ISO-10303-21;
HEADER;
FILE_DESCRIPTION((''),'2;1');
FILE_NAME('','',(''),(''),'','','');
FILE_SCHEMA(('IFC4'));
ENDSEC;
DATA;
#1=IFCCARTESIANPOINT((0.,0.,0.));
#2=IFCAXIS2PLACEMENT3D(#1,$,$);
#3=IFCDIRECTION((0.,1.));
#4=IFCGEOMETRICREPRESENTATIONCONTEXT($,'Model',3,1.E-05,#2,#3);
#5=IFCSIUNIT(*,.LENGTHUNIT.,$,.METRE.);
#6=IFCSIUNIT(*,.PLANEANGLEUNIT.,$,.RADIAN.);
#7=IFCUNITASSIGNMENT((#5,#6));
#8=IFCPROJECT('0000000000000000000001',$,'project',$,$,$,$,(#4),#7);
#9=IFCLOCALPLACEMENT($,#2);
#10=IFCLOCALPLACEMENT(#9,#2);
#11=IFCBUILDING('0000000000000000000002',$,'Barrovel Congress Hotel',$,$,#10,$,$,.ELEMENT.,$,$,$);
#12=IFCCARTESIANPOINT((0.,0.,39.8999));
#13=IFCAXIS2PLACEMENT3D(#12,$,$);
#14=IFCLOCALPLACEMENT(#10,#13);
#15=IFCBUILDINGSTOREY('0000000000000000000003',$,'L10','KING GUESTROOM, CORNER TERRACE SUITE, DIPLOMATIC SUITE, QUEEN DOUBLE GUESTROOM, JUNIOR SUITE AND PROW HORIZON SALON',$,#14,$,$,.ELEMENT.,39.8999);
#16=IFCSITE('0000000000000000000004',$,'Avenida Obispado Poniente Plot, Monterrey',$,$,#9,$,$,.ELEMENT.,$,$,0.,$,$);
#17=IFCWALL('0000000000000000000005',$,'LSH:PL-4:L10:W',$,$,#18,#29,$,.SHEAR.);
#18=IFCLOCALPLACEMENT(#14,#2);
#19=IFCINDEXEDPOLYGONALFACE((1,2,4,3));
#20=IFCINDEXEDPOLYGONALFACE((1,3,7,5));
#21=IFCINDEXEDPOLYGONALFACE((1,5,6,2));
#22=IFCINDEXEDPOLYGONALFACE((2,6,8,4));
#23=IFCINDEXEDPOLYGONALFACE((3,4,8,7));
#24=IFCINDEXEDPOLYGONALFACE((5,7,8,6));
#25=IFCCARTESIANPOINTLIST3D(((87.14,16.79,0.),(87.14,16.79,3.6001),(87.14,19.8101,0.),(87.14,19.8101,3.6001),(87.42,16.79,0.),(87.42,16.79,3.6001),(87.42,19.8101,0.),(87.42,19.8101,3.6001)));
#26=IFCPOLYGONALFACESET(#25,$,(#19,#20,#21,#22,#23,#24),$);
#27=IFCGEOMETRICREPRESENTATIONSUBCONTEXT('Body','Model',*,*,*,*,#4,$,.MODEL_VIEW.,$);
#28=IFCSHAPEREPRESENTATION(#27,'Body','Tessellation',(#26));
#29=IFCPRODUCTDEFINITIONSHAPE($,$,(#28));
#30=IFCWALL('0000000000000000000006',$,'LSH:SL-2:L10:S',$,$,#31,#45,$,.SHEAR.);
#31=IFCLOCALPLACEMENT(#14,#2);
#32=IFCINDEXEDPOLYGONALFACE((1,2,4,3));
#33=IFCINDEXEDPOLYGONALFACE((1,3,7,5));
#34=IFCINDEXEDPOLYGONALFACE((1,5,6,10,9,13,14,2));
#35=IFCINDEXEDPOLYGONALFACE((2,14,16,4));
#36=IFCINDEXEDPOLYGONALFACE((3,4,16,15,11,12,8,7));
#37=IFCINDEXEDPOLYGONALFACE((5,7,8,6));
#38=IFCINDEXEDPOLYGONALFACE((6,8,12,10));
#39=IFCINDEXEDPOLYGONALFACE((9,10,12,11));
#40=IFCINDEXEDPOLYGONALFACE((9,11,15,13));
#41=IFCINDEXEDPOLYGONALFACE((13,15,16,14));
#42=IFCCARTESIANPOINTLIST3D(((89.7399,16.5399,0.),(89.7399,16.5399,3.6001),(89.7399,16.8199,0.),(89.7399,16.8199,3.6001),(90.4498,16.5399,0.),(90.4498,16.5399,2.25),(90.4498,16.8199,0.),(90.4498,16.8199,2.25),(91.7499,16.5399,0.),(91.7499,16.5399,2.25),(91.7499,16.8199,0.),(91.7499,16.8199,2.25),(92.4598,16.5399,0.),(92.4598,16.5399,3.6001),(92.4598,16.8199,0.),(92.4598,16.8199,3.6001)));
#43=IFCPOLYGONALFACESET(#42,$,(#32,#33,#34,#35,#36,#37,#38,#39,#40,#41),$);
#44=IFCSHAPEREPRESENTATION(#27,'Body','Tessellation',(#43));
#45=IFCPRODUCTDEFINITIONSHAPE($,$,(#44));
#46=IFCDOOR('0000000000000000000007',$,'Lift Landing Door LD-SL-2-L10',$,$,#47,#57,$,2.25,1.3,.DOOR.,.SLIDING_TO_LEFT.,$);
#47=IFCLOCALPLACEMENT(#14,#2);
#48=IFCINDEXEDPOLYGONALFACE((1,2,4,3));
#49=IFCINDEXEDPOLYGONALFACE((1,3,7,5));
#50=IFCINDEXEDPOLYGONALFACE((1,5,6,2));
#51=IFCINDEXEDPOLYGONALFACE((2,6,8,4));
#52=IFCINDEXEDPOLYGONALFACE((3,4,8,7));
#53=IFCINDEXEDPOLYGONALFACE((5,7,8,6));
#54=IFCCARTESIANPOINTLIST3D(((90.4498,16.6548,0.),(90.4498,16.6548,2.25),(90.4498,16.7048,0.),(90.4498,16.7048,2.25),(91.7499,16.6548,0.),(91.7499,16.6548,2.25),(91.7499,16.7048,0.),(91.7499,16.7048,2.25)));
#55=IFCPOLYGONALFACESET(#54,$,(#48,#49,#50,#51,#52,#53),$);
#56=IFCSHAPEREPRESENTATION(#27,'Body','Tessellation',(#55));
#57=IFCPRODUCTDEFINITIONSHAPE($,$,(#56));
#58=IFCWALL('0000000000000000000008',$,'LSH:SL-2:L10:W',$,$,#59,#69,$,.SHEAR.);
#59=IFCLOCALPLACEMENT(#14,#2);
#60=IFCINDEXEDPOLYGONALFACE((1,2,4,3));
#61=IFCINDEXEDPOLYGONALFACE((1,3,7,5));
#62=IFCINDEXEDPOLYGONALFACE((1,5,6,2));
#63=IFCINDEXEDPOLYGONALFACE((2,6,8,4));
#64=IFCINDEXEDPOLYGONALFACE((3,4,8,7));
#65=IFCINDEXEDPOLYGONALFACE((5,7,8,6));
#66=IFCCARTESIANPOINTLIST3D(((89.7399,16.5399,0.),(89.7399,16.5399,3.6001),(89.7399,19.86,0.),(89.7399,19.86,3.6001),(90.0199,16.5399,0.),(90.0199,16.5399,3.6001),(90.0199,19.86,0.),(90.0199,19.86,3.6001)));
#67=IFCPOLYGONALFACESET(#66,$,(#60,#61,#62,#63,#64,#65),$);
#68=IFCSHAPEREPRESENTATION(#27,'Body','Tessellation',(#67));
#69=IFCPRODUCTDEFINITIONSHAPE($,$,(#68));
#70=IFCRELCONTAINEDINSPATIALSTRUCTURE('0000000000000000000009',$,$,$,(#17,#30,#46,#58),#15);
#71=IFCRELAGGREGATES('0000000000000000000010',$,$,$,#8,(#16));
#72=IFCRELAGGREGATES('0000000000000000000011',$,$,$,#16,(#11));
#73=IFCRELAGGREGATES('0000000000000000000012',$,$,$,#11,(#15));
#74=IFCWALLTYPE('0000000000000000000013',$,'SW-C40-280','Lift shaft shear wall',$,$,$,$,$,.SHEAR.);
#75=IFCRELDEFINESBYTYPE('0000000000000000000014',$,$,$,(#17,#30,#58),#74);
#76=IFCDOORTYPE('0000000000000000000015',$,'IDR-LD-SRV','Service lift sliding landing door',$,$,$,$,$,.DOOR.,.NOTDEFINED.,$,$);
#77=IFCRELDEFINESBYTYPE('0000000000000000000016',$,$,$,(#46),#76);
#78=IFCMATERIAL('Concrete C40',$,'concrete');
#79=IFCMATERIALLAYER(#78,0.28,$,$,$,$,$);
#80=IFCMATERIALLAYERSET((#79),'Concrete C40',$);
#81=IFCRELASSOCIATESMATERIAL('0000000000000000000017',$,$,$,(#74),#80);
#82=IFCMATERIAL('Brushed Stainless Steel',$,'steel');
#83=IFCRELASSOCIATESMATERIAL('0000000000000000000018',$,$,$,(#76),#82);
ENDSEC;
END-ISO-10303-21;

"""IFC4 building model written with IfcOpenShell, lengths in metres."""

from ifc_helpers import new_model, si_unit, direction, frame, frame_2d, origin, place, context, subcontext, project, spatial, rectangle, extrude, material, layer, layer_set, type_object, element, fill, save


model = new_model("IFC4")

# Units and contexts
model_context = context("Model", 3, precision=1e-05, world=origin(), true_north=direction((0.0, 1.0)))
body_context = subcontext(model_context, "Body", "Model", "MODEL_VIEW")
ifc_project = project(units=[si_unit("LENGTHUNIT", "METRE"), si_unit("PLANEANGLEUNIT", "RADIAN")], contexts=[model_context])

# Site, building, storey
site_placement = place(None, origin())
site = spatial("IfcSite", under=ifc_project, at=site_placement, Name="Avenida Obispado Poniente Plot, Monterrey", CompositionType="ELEMENT", RefElevation=0.0)
building_placement = place(site_placement, origin())
building = spatial("IfcBuilding", under=site, at=building_placement, Name="Barrovel Congress Hotel", CompositionType="ELEMENT")
storey_placement = place(building_placement, frame((0.0, 0.0, 39.8999)))
storey = spatial("IfcBuildingStorey", under=building, at=storey_placement, Name="L10", Description="KING GUESTROOM, CORNER TERRACE SUITE, DIPLOMATIC SUITE, QUEEN DOUBLE GUESTROOM, JUNIOR SUITE AND PROW HORIZON SALON", CompositionType="ELEMENT", Elevation=39.8999)

# Shared definitions
ifc_material_1 = material(Name="Concrete C40", Category="concrete")
ifc_layer_1 = layer(ifc_material_1, 0.28)
ifc_layer_set_1 = layer_set([ifc_layer_1], Name="Concrete C40")
wall_type = type_object("IfcWallType", Name="SW-C40-280", Description="Lift shaft shear wall", PredefinedType="SHEAR", material=ifc_layer_set_1)

# Shared definitions
ifc_material_2 = material(Name="Brushed Stainless Steel", Category="steel")

# Wall
wall_1_placement = place(storey_placement, frame((87.28, 19.8101, 0.0), z_axis=(0.0, 0.0, 1.0), x_axis=(0.0, -1.0, 0.0)))
element("IfcWall", 1, at=wall_1_placement, inside=storey, type_object=wall_type, Name="LSH:PL-4:L10:W", PredefinedType="SHEAR", context=body_context, shape_type="SweptSolid", body=[
    extrude(rectangle(XDim=3.02, YDim=0.28, at=frame_2d((1.51, 0.0))), origin(), (0.0, 0.0, 1.0), 3.6001),
])

# Wall, opening, door
wall_2_placement = place(storey_placement, frame((89.74, 16.6799, 0.0), z_axis=(0.0, 0.0, 1.0), x_axis=(1.0, 0.0, 0.0)))
wall_2 = element("IfcWall", 2, at=wall_2_placement, inside=storey, type_object=wall_type, Name="LSH:SL-2:L10:S", PredefinedType="SHEAR", context=body_context, shape_type="SweptSolid", body=[
    extrude(rectangle(XDim=2.72, YDim=0.28, at=frame_2d((1.3599, 0.0))), origin(), (0.0, 0.0, 1.0), 3.6001),
])
opening_1_placement = place(wall_2_placement, frame((0.71, 0.0, 0.0)))
opening_1 = element("IfcOpeningElement", 3, at=opening_1_placement, cuts=wall_2, PredefinedType="OPENING", context=body_context, shape_type="SweptSolid", body=[
    extrude(rectangle(XDim=1.3, YDim=2.25, at=frame_2d((0.6499, 1.125))), frame((0.0, 0.1499, 0.0), z_axis=(0.0, -1.0, 0.0), x_axis=(1.0, 0.0, 0.0)), (0.0, 0.0, 1.0), 0.3),
])
door_type_1 = type_object("IfcDoorType", Name="IDR-LD-SRV", Description="Service lift sliding landing door", OperationType="NOTDEFINED", PredefinedType="DOOR", material=ifc_material_2)
door_1_placement = place(opening_1_placement, origin())
door_1 = element("IfcDoor", 4, at=door_1_placement, inside=storey, type_object=door_type_1, Name="Lift Landing Door LD-SL-2-L10", OperationType="SLIDING_TO_LEFT", OverallHeight=2.25, OverallWidth=1.3, PredefinedType="DOOR", context=body_context, shape_type="SweptSolid", body=[
    extrude(rectangle(XDim=1.3, YDim=2.25, at=frame_2d((0.6499, 1.125))), frame((0.0, 0.0249, 0.0), z_axis=(0.0, -1.0, 0.0), x_axis=(1.0, 0.0, 0.0)), (0.0, 0.0, 1.0), 0.05),
])
fill(opening_1, door_1)

# Wall
wall_3_placement = place(storey_placement, frame((89.8799, 19.8601, 0.0), z_axis=(0.0, 0.0, 1.0), x_axis=(0.0, -1.0, 0.0)))
element("IfcWall", 5, at=wall_3_placement, inside=storey, type_object=wall_type, Name="LSH:SL-2:L10:W", PredefinedType="SHEAR", context=body_context, shape_type="SweptSolid", body=[
    extrude(rectangle(XDim=3.3201, YDim=0.28, at=frame_2d((1.6602, 0.0))), origin(), (0.0, 0.0, 1.0), 3.6001),
])

save(model, "model.ifc")
